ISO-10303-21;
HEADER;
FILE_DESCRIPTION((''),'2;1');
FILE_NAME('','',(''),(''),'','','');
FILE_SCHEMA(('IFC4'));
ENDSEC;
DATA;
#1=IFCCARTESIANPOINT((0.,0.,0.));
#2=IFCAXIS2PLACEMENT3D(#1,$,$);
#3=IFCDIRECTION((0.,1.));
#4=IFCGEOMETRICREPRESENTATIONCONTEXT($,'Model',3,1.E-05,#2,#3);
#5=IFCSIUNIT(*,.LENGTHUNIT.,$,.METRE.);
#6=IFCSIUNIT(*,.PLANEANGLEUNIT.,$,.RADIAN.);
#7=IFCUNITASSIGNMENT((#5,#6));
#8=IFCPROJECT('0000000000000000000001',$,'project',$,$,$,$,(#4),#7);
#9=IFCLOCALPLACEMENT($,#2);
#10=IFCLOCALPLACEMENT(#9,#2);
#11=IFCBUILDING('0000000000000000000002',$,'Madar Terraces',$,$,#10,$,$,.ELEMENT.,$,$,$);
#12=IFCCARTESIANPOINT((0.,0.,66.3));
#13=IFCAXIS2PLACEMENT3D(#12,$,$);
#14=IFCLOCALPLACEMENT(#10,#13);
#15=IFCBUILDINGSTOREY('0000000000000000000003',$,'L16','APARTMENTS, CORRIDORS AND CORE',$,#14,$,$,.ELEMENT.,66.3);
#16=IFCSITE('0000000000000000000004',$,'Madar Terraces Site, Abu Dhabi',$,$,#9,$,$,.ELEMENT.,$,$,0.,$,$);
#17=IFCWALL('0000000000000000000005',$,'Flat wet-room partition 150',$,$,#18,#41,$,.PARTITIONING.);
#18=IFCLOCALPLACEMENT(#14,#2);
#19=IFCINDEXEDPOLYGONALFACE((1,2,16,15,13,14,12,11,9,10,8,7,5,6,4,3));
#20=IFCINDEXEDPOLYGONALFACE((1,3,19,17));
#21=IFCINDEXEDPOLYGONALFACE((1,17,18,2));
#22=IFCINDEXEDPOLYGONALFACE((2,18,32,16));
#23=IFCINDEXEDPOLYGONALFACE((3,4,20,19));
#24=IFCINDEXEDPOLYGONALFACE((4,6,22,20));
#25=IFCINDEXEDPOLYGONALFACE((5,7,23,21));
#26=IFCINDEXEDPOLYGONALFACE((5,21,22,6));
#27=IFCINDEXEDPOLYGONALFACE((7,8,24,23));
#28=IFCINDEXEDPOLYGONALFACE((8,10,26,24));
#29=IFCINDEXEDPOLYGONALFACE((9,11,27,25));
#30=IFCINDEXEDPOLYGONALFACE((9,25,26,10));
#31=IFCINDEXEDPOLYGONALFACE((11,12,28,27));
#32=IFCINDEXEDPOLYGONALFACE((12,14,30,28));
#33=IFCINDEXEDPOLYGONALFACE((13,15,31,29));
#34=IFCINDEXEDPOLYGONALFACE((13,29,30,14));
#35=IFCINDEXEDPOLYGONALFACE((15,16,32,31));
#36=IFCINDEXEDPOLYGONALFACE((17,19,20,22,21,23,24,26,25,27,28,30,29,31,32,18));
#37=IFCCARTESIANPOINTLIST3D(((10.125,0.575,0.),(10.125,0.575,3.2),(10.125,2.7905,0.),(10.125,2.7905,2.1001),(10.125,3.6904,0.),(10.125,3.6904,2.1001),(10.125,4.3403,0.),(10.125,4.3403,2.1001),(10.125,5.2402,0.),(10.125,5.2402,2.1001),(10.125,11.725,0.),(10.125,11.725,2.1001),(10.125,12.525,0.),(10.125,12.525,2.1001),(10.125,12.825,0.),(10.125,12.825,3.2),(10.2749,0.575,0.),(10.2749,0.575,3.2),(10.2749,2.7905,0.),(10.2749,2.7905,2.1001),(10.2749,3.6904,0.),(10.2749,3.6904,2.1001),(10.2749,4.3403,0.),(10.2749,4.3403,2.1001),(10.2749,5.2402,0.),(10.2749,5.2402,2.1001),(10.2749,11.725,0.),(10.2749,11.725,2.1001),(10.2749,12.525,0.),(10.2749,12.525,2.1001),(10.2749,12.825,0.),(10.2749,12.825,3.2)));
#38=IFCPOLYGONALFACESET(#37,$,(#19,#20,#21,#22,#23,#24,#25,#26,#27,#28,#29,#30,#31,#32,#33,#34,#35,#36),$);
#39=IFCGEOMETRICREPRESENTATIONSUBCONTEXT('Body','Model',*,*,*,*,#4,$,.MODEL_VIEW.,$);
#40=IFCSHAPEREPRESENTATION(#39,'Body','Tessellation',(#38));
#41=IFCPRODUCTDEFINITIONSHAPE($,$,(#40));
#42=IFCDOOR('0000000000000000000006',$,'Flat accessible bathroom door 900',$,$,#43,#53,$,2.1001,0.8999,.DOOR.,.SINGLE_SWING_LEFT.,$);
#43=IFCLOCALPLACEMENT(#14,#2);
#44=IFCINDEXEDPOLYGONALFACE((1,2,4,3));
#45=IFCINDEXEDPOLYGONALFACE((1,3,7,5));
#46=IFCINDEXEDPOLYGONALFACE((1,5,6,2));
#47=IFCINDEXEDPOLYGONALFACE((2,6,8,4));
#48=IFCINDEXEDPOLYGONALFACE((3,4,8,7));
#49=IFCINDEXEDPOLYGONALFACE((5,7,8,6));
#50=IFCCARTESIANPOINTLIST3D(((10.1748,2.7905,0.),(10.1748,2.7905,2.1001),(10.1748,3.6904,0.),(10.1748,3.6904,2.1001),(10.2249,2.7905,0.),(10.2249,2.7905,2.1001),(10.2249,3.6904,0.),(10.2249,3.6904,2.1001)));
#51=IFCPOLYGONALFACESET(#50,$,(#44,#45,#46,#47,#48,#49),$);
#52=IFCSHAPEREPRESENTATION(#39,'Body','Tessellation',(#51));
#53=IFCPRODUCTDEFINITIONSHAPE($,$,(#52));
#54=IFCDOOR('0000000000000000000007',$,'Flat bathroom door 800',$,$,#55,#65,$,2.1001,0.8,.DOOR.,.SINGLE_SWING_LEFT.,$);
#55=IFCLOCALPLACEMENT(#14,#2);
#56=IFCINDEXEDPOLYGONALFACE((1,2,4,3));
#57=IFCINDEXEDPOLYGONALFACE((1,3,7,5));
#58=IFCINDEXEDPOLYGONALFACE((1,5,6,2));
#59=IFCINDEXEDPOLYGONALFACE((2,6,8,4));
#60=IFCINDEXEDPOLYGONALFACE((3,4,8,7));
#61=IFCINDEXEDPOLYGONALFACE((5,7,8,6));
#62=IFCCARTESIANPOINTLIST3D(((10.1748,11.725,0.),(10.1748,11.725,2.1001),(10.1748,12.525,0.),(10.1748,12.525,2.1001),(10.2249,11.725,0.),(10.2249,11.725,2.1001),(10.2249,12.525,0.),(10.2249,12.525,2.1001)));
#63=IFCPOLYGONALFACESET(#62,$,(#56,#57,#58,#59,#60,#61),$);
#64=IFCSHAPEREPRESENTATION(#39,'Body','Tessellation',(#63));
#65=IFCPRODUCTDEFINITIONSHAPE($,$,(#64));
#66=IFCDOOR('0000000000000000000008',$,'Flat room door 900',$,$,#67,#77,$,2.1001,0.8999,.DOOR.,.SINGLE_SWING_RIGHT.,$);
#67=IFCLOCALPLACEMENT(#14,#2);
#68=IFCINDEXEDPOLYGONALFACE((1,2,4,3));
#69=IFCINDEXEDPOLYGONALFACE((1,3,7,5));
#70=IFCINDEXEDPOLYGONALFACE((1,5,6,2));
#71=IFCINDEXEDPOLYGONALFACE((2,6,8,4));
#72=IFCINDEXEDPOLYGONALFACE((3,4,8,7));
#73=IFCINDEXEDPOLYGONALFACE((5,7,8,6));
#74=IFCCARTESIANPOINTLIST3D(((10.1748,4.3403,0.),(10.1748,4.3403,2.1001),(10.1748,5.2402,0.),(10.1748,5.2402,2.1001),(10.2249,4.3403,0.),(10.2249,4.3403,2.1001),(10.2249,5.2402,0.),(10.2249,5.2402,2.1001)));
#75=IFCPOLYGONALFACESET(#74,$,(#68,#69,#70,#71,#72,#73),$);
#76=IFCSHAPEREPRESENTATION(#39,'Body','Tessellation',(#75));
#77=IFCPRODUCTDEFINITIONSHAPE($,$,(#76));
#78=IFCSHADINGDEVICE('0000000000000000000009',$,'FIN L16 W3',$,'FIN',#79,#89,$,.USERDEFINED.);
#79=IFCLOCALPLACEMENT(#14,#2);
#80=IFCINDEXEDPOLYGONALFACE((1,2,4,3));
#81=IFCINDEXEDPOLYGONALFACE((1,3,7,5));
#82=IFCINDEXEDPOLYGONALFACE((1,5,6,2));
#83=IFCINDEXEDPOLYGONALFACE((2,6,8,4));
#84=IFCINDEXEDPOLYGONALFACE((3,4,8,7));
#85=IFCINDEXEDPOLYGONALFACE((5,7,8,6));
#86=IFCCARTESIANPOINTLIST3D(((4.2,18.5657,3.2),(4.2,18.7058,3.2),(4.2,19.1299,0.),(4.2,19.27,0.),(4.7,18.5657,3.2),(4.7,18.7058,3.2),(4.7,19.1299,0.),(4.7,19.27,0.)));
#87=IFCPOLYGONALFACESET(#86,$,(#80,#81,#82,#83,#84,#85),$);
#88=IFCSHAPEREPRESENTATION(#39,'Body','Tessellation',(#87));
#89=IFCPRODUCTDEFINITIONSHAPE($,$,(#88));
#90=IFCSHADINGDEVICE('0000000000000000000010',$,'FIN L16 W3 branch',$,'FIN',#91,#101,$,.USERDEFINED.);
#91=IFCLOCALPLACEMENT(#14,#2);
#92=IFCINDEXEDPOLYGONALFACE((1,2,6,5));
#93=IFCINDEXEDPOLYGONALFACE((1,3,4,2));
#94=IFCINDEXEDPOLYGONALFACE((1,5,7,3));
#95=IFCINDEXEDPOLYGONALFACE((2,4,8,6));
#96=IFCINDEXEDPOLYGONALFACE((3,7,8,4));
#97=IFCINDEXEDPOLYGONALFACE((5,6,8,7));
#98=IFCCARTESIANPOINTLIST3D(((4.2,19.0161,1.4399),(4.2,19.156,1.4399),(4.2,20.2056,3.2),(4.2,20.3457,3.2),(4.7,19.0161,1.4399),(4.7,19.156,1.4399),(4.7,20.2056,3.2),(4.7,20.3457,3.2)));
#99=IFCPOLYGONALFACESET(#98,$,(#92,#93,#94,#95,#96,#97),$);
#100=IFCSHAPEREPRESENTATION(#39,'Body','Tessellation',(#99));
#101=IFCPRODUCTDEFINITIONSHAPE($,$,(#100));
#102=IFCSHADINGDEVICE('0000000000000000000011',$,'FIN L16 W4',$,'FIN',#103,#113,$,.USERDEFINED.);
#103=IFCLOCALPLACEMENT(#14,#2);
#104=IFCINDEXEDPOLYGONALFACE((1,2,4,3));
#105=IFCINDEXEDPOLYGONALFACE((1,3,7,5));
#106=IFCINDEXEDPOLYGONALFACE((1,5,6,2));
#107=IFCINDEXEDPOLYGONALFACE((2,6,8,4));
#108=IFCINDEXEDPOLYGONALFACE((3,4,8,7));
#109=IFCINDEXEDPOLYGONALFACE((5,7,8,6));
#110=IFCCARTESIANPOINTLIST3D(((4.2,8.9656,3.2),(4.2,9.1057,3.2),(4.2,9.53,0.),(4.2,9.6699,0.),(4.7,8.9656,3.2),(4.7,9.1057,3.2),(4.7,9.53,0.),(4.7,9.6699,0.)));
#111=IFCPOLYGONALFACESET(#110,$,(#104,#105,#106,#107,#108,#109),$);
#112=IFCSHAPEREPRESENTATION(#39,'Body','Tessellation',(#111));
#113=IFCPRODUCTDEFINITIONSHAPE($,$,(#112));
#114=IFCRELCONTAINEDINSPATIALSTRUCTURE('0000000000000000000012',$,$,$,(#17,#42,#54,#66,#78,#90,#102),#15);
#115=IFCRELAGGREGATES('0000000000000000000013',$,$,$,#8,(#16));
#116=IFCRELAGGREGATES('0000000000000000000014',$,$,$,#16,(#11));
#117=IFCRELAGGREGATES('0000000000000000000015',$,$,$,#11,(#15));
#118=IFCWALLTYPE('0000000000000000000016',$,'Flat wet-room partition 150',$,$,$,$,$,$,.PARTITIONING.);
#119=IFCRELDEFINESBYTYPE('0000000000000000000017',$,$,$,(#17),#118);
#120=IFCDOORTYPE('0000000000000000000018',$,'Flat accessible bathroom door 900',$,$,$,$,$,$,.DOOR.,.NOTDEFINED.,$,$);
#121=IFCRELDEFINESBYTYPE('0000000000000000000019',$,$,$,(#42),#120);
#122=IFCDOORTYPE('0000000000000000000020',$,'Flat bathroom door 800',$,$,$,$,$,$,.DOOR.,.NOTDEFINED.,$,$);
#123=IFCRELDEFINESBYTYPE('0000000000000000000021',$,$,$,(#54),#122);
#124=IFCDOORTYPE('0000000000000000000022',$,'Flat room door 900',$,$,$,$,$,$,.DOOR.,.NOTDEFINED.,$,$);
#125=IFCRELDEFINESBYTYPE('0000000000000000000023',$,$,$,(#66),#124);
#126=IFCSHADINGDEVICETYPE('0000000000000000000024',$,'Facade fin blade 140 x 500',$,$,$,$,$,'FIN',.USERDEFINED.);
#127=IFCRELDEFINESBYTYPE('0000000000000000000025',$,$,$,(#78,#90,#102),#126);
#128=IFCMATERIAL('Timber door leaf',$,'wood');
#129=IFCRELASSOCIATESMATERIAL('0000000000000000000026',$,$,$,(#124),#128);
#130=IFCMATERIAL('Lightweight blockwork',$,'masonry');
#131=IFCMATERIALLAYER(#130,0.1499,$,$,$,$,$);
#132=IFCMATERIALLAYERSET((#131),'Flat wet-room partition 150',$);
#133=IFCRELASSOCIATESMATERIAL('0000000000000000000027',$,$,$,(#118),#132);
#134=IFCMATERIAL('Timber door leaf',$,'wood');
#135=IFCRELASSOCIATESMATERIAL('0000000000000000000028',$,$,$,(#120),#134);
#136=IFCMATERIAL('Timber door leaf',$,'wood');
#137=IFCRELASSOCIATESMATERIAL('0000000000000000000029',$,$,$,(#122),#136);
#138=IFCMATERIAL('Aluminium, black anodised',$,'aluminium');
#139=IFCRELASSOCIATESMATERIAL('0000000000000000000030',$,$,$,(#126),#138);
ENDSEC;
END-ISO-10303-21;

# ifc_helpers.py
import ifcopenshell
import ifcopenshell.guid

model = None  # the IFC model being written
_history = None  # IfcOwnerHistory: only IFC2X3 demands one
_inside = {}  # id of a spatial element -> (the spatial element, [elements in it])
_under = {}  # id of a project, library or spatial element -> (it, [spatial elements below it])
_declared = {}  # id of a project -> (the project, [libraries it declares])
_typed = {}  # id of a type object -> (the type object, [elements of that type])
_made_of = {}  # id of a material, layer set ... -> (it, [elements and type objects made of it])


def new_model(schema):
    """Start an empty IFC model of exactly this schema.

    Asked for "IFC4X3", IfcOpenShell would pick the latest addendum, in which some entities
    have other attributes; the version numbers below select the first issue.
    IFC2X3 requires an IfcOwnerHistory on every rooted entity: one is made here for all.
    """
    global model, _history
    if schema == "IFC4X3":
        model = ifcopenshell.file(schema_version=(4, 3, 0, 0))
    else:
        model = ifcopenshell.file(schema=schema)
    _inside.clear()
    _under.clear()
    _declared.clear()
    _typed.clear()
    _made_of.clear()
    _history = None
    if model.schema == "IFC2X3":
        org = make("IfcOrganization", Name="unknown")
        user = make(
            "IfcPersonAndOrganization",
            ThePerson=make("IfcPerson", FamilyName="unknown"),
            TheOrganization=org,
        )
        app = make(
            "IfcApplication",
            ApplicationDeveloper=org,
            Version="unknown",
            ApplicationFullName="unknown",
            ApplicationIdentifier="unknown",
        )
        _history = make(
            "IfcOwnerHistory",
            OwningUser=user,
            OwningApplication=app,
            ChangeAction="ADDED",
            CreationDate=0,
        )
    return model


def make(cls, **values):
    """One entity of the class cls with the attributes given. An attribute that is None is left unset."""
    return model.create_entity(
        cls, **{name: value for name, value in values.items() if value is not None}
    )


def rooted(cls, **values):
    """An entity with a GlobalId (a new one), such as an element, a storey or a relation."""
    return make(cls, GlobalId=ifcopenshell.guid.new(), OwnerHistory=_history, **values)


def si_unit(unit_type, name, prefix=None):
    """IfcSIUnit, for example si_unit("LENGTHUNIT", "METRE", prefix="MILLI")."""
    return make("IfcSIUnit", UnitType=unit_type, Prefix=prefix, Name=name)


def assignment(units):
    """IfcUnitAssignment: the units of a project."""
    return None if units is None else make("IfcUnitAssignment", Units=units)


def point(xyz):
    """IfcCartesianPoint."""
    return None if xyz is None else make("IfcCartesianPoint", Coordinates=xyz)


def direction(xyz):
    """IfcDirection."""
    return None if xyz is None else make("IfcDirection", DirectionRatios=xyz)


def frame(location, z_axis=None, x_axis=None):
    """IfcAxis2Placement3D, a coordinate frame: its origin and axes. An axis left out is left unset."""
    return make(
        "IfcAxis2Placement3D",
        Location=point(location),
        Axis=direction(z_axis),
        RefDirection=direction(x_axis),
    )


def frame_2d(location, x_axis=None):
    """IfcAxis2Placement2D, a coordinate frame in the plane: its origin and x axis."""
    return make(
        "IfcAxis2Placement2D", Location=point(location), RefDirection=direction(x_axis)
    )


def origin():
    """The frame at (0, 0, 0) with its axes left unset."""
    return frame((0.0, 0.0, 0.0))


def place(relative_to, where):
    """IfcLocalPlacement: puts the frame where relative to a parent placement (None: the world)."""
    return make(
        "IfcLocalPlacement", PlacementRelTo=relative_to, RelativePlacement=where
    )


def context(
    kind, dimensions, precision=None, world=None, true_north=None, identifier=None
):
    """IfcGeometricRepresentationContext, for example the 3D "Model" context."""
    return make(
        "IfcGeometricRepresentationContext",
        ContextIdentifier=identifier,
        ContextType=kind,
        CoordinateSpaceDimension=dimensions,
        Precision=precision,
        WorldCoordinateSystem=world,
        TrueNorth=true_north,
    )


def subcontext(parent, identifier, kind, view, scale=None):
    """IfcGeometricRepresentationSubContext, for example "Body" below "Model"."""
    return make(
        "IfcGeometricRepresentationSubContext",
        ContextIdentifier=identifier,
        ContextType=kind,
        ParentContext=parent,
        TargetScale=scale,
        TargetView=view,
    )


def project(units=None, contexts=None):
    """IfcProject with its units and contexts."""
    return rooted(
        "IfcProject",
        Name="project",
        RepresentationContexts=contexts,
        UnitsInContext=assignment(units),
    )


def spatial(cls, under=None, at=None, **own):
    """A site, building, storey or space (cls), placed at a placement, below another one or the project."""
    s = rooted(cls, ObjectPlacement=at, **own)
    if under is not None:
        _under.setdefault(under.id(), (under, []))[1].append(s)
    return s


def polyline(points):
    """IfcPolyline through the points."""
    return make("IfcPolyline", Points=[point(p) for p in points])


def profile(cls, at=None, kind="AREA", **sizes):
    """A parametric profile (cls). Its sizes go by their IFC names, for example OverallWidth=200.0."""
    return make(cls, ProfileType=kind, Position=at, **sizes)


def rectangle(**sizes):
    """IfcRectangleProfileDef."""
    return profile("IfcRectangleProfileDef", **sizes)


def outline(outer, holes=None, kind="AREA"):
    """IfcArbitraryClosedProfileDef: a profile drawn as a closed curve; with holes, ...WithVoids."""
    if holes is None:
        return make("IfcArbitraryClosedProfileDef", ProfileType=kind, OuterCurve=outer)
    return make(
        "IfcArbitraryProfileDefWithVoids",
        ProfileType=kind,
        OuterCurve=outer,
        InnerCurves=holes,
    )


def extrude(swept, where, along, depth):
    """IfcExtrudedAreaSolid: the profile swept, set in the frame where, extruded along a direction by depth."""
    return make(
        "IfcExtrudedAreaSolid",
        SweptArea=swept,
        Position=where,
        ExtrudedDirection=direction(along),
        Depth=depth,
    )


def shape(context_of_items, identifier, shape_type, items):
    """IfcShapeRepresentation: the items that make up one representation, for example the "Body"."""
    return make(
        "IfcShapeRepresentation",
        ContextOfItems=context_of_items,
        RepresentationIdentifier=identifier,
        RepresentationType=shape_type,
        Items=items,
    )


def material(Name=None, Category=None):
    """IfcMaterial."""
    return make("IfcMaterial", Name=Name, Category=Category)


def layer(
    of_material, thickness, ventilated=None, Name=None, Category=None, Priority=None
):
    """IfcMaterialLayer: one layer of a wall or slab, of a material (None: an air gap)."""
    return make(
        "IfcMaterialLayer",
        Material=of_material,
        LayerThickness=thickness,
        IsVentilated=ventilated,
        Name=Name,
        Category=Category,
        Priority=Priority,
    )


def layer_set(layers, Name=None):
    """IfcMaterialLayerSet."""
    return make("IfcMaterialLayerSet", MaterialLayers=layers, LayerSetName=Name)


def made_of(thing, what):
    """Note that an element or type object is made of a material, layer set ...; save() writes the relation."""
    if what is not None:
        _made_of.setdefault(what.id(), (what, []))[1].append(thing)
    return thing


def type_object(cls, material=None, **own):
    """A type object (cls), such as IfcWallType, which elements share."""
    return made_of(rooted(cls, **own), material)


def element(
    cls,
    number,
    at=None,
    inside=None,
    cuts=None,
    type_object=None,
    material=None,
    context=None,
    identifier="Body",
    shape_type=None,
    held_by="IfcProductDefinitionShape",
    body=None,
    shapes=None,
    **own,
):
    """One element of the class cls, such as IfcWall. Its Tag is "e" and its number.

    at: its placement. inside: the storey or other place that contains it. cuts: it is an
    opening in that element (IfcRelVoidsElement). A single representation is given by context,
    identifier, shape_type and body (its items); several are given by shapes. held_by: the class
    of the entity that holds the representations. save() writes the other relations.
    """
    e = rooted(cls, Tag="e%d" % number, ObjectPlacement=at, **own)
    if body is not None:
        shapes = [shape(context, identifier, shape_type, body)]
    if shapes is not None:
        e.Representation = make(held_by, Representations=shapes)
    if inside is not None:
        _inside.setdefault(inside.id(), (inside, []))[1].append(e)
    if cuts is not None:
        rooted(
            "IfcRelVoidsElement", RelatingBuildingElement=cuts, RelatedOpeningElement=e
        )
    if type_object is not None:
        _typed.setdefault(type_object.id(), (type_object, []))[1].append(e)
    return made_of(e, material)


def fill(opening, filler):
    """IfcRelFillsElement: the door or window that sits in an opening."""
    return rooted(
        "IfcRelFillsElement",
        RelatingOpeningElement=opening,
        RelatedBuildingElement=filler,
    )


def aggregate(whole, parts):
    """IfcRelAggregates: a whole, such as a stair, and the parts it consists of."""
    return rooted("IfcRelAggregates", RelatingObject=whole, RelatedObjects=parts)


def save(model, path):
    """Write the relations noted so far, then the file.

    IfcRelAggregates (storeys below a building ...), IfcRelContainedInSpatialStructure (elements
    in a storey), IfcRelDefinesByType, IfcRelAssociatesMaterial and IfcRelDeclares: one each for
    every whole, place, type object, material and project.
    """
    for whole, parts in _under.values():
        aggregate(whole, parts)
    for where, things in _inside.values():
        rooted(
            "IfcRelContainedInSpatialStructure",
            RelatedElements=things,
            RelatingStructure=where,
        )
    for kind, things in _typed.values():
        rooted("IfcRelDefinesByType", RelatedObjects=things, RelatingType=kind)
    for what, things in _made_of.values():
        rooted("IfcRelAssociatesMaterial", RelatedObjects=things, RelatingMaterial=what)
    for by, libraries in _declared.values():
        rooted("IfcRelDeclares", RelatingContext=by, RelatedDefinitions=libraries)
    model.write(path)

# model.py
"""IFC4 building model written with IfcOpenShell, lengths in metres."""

from ifc_helpers import new_model, si_unit, direction, frame, frame_2d, origin, place, context, subcontext, project, spatial, polyline, rectangle, outline, extrude, material, layer, layer_set, type_object, element, fill, save


model = new_model("IFC4")

# Units and contexts
model_context = context("Model", 3, precision=1e-05, world=origin(), true_north=direction((0.0, 1.0)))
body_context = subcontext(model_context, "Body", "Model", "MODEL_VIEW")
ifc_project = project(units=[si_unit("LENGTHUNIT", "METRE"), si_unit("PLANEANGLEUNIT", "RADIAN")], contexts=[model_context])

# Site, building, storey
site_placement = place(None, origin())
site = spatial("IfcSite", under=ifc_project, at=site_placement, Name="Madar Terraces Site, Abu Dhabi", CompositionType="ELEMENT", RefElevation=0.0)
building_placement = place(site_placement, origin())
building = spatial("IfcBuilding", under=site, at=building_placement, Name="Madar Terraces", CompositionType="ELEMENT")
storey_placement = place(building_placement, frame((0.0, 0.0, 66.3)))
storey = spatial("IfcBuildingStorey", under=building, at=storey_placement, Name="L16", Description="APARTMENTS, CORRIDORS AND CORE", CompositionType="ELEMENT", Elevation=66.3)

# Shared definitions
ifc_material_1 = material(Name="Timber door leaf", Category="wood")
door_type_1 = type_object("IfcDoorType", Name="Flat room door 900", OperationType="NOTDEFINED", PredefinedType="DOOR", material=ifc_material_1)

# Shared definitions
ifc_material_2 = material(Name="Lightweight blockwork", Category="masonry")
ifc_layer_1 = layer(ifc_material_2, 0.1499)
ifc_layer_set_1 = layer_set([ifc_layer_1], Name="Flat wet-room partition 150")
wall_type_1 = type_object("IfcWallType", Name="Flat wet-room partition 150", PredefinedType="PARTITIONING", material=ifc_layer_set_1)

# Wall, openings, doors
wall_1_placement = place(storey_placement, frame((10.2, 12.825, 0.0), z_axis=(0.0, 0.0, 1.0), x_axis=(0.0, -1.0, 0.0)))
wall_1 = element("IfcWall", 1, at=wall_1_placement, inside=storey, type_object=wall_type_1, Name="Flat wet-room partition 150", PredefinedType="PARTITIONING", context=body_context, shape_type="SweptSolid", body=[
    extrude(rectangle(XDim=12.25, YDim=0.1499, at=frame_2d((6.125, 0.0))), origin(), (0.0, 0.0, 1.0), 3.2),
])
opening_1_placement = place(wall_1_placement, frame((0.3, 0.0, 0.0)))
opening_1 = element("IfcOpeningElement", 2, at=opening_1_placement, cuts=wall_1, PredefinedType="OPENING", context=body_context, shape_type="SweptSolid", body=[
    extrude(rectangle(XDim=0.8, YDim=2.1001, at=frame_2d((0.3999, 1.05))), frame((0.0, 0.085, 0.0), z_axis=(0.0, -1.0, 0.0), x_axis=(1.0, 0.0, 0.0)), (0.0, 0.0, 1.0), 0.1699),
])
opening_2_placement = place(wall_1_placement, frame((7.5847, 0.0, 0.0)))
opening_2 = element("IfcOpeningElement", 3, at=opening_2_placement, cuts=wall_1, PredefinedType="OPENING", context=body_context, shape_type="SweptSolid", body=[
    extrude(rectangle(XDim=0.8999, YDim=2.1001, at=frame_2d((0.45, 1.05))), frame((0.0, 0.085, 0.0), z_axis=(0.0, -1.0, 0.0), x_axis=(1.0, 0.0, 0.0)), (0.0, 0.0, 1.0), 0.1699),
])
opening_3_placement = place(wall_1_placement, frame((9.1345, 0.0, 0.0)))
opening_3 = element("IfcOpeningElement", 4, at=opening_3_placement, cuts=wall_1, PredefinedType="OPENING", context=body_context, shape_type="SweptSolid", body=[
    extrude(rectangle(XDim=0.8999, YDim=2.1001, at=frame_2d((0.45, 1.05))), frame((0.0, 0.085, 0.0), z_axis=(0.0, -1.0, 0.0), x_axis=(1.0, 0.0, 0.0)), (0.0, 0.0, 1.0), 0.1699),
])
ifc_material_3 = material(Name="Timber door leaf", Category="wood")
door_type_2 = type_object("IfcDoorType", Name="Flat accessible bathroom door 900", OperationType="NOTDEFINED", PredefinedType="DOOR", material=ifc_material_3)
door_1_placement = place(opening_3_placement, origin())
door_1 = element("IfcDoor", 5, at=door_1_placement, inside=storey, type_object=door_type_2, Name="Flat accessible bathroom door 900", OperationType="SINGLE_SWING_LEFT", OverallHeight=2.1001, OverallWidth=0.8999, PredefinedType="DOOR", context=body_context, shape_type="SweptSolid", body=[
    extrude(rectangle(XDim=0.8999, YDim=2.1001, at=frame_2d((0.45, 1.05))), frame((0.0, 0.0249, 0.0), z_axis=(0.0, -1.0, 0.0), x_axis=(1.0, 0.0, 0.0)), (0.0, 0.0, 1.0), 0.05),
])
fill(opening_3, door_1)
ifc_material_4 = material(Name="Timber door leaf", Category="wood")
door_type_3 = type_object("IfcDoorType", Name="Flat bathroom door 800", OperationType="NOTDEFINED", PredefinedType="DOOR", material=ifc_material_4)
door_2_placement = place(opening_1_placement, origin())
door_2 = element("IfcDoor", 6, at=door_2_placement, inside=storey, type_object=door_type_3, Name="Flat bathroom door 800", OperationType="SINGLE_SWING_LEFT", OverallHeight=2.1001, OverallWidth=0.8, PredefinedType="DOOR", context=body_context, shape_type="SweptSolid", body=[
    extrude(rectangle(XDim=0.8, YDim=2.1001, at=frame_2d((0.3999, 1.05))), frame((0.0, 0.0249, 0.0), z_axis=(0.0, -1.0, 0.0), x_axis=(1.0, 0.0, 0.0)), (0.0, 0.0, 1.0), 0.05),
])
fill(opening_1, door_2)
door_3_placement = place(opening_2_placement, origin())
door_3 = element("IfcDoor", 7, at=door_3_placement, inside=storey, type_object=door_type_1, Name="Flat room door 900", OperationType="SINGLE_SWING_RIGHT", OverallHeight=2.1001, OverallWidth=0.8999, PredefinedType="DOOR", context=body_context, shape_type="SweptSolid", body=[
    extrude(rectangle(XDim=0.8999, YDim=2.1001, at=frame_2d((0.45, 1.05))), frame((0.0, 0.0249, 0.0), z_axis=(0.0, -1.0, 0.0), x_axis=(1.0, 0.0, 0.0)), (0.0, 0.0, 1.0), 0.05),
])
fill(opening_2, door_3)

# Shading devices
ifc_material_5 = material(Name="Aluminium, black anodised", Category="aluminium")
shading_device_type = type_object("IfcShadingDeviceType", Name="Facade fin blade 140 x 500", ElementType="FIN", PredefinedType="USERDEFINED", material=ifc_material_5)
shading_device_1_placement = place(storey_placement, frame((4.45, 19.27, 0.0), z_axis=(0.0, 0.0, 1.0), x_axis=(0.0, -1.0, 0.0)))
element("IfcShadingDevice", 8, at=shading_device_1_placement, inside=storey, type_object=shading_device_type, Name="FIN L16 W3", ObjectType="FIN", PredefinedType="USERDEFINED", context=body_context, shape_type="SweptSolid", body=[
    extrude(outline(polyline([(0.0, 0.0), (0.1401, 0.0), (0.7043, 3.2), (0.5642, 3.2), (0.0, 0.0)])), frame((0.0, 0.25, 0.0), z_axis=(0.0, -1.0, 0.0), x_axis=(1.0, 0.0, 0.0)), (0.0, 0.0, 1.0), 0.5),
])
shading_device_2_placement = place(storey_placement, frame((4.45, 19.156, 1.4399), z_axis=(0.0, 0.0, 1.0), x_axis=(0.0, -1.0, 0.0)))
element("IfcShadingDevice", 9, at=shading_device_2_placement, inside=storey, type_object=shading_device_type, Name="FIN L16 W3 branch", ObjectType="FIN", PredefinedType="USERDEFINED", context=body_context, shape_type="SweptSolid", body=[
    extrude(outline(polyline([(0.0, 0.0), (0.1399, 0.0), (-1.0496, 1.76), (-1.1897, 1.76), (0.0, 0.0)])), frame((0.0, 0.25, 0.0), z_axis=(0.0, -1.0, 0.0), x_axis=(1.0, 0.0, 0.0)), (0.0, 0.0, 1.0), 0.5),
])
shading_device_3_placement = place(storey_placement, frame((4.45, 9.6699, 0.0), z_axis=(0.0, 0.0, 1.0), x_axis=(0.0, -1.0, 0.0)))
element("IfcShadingDevice", 10, at=shading_device_3_placement, inside=storey, type_object=shading_device_type, Name="FIN L16 W4", ObjectType="FIN", PredefinedType="USERDEFINED", context=body_context, shape_type="SweptSolid", body=[
    extrude(outline(polyline([(0.0, 0.0), (0.1399, 0.0), (0.7043, 3.2), (0.5642, 3.2), (0.0, 0.0)])), frame((0.0, 0.25, 0.0), z_axis=(0.0, -1.0, 0.0), x_axis=(1.0, 0.0, 0.0)), (0.0, 0.0, 1.0), 0.5),
])

save(model, "model.ifc")
